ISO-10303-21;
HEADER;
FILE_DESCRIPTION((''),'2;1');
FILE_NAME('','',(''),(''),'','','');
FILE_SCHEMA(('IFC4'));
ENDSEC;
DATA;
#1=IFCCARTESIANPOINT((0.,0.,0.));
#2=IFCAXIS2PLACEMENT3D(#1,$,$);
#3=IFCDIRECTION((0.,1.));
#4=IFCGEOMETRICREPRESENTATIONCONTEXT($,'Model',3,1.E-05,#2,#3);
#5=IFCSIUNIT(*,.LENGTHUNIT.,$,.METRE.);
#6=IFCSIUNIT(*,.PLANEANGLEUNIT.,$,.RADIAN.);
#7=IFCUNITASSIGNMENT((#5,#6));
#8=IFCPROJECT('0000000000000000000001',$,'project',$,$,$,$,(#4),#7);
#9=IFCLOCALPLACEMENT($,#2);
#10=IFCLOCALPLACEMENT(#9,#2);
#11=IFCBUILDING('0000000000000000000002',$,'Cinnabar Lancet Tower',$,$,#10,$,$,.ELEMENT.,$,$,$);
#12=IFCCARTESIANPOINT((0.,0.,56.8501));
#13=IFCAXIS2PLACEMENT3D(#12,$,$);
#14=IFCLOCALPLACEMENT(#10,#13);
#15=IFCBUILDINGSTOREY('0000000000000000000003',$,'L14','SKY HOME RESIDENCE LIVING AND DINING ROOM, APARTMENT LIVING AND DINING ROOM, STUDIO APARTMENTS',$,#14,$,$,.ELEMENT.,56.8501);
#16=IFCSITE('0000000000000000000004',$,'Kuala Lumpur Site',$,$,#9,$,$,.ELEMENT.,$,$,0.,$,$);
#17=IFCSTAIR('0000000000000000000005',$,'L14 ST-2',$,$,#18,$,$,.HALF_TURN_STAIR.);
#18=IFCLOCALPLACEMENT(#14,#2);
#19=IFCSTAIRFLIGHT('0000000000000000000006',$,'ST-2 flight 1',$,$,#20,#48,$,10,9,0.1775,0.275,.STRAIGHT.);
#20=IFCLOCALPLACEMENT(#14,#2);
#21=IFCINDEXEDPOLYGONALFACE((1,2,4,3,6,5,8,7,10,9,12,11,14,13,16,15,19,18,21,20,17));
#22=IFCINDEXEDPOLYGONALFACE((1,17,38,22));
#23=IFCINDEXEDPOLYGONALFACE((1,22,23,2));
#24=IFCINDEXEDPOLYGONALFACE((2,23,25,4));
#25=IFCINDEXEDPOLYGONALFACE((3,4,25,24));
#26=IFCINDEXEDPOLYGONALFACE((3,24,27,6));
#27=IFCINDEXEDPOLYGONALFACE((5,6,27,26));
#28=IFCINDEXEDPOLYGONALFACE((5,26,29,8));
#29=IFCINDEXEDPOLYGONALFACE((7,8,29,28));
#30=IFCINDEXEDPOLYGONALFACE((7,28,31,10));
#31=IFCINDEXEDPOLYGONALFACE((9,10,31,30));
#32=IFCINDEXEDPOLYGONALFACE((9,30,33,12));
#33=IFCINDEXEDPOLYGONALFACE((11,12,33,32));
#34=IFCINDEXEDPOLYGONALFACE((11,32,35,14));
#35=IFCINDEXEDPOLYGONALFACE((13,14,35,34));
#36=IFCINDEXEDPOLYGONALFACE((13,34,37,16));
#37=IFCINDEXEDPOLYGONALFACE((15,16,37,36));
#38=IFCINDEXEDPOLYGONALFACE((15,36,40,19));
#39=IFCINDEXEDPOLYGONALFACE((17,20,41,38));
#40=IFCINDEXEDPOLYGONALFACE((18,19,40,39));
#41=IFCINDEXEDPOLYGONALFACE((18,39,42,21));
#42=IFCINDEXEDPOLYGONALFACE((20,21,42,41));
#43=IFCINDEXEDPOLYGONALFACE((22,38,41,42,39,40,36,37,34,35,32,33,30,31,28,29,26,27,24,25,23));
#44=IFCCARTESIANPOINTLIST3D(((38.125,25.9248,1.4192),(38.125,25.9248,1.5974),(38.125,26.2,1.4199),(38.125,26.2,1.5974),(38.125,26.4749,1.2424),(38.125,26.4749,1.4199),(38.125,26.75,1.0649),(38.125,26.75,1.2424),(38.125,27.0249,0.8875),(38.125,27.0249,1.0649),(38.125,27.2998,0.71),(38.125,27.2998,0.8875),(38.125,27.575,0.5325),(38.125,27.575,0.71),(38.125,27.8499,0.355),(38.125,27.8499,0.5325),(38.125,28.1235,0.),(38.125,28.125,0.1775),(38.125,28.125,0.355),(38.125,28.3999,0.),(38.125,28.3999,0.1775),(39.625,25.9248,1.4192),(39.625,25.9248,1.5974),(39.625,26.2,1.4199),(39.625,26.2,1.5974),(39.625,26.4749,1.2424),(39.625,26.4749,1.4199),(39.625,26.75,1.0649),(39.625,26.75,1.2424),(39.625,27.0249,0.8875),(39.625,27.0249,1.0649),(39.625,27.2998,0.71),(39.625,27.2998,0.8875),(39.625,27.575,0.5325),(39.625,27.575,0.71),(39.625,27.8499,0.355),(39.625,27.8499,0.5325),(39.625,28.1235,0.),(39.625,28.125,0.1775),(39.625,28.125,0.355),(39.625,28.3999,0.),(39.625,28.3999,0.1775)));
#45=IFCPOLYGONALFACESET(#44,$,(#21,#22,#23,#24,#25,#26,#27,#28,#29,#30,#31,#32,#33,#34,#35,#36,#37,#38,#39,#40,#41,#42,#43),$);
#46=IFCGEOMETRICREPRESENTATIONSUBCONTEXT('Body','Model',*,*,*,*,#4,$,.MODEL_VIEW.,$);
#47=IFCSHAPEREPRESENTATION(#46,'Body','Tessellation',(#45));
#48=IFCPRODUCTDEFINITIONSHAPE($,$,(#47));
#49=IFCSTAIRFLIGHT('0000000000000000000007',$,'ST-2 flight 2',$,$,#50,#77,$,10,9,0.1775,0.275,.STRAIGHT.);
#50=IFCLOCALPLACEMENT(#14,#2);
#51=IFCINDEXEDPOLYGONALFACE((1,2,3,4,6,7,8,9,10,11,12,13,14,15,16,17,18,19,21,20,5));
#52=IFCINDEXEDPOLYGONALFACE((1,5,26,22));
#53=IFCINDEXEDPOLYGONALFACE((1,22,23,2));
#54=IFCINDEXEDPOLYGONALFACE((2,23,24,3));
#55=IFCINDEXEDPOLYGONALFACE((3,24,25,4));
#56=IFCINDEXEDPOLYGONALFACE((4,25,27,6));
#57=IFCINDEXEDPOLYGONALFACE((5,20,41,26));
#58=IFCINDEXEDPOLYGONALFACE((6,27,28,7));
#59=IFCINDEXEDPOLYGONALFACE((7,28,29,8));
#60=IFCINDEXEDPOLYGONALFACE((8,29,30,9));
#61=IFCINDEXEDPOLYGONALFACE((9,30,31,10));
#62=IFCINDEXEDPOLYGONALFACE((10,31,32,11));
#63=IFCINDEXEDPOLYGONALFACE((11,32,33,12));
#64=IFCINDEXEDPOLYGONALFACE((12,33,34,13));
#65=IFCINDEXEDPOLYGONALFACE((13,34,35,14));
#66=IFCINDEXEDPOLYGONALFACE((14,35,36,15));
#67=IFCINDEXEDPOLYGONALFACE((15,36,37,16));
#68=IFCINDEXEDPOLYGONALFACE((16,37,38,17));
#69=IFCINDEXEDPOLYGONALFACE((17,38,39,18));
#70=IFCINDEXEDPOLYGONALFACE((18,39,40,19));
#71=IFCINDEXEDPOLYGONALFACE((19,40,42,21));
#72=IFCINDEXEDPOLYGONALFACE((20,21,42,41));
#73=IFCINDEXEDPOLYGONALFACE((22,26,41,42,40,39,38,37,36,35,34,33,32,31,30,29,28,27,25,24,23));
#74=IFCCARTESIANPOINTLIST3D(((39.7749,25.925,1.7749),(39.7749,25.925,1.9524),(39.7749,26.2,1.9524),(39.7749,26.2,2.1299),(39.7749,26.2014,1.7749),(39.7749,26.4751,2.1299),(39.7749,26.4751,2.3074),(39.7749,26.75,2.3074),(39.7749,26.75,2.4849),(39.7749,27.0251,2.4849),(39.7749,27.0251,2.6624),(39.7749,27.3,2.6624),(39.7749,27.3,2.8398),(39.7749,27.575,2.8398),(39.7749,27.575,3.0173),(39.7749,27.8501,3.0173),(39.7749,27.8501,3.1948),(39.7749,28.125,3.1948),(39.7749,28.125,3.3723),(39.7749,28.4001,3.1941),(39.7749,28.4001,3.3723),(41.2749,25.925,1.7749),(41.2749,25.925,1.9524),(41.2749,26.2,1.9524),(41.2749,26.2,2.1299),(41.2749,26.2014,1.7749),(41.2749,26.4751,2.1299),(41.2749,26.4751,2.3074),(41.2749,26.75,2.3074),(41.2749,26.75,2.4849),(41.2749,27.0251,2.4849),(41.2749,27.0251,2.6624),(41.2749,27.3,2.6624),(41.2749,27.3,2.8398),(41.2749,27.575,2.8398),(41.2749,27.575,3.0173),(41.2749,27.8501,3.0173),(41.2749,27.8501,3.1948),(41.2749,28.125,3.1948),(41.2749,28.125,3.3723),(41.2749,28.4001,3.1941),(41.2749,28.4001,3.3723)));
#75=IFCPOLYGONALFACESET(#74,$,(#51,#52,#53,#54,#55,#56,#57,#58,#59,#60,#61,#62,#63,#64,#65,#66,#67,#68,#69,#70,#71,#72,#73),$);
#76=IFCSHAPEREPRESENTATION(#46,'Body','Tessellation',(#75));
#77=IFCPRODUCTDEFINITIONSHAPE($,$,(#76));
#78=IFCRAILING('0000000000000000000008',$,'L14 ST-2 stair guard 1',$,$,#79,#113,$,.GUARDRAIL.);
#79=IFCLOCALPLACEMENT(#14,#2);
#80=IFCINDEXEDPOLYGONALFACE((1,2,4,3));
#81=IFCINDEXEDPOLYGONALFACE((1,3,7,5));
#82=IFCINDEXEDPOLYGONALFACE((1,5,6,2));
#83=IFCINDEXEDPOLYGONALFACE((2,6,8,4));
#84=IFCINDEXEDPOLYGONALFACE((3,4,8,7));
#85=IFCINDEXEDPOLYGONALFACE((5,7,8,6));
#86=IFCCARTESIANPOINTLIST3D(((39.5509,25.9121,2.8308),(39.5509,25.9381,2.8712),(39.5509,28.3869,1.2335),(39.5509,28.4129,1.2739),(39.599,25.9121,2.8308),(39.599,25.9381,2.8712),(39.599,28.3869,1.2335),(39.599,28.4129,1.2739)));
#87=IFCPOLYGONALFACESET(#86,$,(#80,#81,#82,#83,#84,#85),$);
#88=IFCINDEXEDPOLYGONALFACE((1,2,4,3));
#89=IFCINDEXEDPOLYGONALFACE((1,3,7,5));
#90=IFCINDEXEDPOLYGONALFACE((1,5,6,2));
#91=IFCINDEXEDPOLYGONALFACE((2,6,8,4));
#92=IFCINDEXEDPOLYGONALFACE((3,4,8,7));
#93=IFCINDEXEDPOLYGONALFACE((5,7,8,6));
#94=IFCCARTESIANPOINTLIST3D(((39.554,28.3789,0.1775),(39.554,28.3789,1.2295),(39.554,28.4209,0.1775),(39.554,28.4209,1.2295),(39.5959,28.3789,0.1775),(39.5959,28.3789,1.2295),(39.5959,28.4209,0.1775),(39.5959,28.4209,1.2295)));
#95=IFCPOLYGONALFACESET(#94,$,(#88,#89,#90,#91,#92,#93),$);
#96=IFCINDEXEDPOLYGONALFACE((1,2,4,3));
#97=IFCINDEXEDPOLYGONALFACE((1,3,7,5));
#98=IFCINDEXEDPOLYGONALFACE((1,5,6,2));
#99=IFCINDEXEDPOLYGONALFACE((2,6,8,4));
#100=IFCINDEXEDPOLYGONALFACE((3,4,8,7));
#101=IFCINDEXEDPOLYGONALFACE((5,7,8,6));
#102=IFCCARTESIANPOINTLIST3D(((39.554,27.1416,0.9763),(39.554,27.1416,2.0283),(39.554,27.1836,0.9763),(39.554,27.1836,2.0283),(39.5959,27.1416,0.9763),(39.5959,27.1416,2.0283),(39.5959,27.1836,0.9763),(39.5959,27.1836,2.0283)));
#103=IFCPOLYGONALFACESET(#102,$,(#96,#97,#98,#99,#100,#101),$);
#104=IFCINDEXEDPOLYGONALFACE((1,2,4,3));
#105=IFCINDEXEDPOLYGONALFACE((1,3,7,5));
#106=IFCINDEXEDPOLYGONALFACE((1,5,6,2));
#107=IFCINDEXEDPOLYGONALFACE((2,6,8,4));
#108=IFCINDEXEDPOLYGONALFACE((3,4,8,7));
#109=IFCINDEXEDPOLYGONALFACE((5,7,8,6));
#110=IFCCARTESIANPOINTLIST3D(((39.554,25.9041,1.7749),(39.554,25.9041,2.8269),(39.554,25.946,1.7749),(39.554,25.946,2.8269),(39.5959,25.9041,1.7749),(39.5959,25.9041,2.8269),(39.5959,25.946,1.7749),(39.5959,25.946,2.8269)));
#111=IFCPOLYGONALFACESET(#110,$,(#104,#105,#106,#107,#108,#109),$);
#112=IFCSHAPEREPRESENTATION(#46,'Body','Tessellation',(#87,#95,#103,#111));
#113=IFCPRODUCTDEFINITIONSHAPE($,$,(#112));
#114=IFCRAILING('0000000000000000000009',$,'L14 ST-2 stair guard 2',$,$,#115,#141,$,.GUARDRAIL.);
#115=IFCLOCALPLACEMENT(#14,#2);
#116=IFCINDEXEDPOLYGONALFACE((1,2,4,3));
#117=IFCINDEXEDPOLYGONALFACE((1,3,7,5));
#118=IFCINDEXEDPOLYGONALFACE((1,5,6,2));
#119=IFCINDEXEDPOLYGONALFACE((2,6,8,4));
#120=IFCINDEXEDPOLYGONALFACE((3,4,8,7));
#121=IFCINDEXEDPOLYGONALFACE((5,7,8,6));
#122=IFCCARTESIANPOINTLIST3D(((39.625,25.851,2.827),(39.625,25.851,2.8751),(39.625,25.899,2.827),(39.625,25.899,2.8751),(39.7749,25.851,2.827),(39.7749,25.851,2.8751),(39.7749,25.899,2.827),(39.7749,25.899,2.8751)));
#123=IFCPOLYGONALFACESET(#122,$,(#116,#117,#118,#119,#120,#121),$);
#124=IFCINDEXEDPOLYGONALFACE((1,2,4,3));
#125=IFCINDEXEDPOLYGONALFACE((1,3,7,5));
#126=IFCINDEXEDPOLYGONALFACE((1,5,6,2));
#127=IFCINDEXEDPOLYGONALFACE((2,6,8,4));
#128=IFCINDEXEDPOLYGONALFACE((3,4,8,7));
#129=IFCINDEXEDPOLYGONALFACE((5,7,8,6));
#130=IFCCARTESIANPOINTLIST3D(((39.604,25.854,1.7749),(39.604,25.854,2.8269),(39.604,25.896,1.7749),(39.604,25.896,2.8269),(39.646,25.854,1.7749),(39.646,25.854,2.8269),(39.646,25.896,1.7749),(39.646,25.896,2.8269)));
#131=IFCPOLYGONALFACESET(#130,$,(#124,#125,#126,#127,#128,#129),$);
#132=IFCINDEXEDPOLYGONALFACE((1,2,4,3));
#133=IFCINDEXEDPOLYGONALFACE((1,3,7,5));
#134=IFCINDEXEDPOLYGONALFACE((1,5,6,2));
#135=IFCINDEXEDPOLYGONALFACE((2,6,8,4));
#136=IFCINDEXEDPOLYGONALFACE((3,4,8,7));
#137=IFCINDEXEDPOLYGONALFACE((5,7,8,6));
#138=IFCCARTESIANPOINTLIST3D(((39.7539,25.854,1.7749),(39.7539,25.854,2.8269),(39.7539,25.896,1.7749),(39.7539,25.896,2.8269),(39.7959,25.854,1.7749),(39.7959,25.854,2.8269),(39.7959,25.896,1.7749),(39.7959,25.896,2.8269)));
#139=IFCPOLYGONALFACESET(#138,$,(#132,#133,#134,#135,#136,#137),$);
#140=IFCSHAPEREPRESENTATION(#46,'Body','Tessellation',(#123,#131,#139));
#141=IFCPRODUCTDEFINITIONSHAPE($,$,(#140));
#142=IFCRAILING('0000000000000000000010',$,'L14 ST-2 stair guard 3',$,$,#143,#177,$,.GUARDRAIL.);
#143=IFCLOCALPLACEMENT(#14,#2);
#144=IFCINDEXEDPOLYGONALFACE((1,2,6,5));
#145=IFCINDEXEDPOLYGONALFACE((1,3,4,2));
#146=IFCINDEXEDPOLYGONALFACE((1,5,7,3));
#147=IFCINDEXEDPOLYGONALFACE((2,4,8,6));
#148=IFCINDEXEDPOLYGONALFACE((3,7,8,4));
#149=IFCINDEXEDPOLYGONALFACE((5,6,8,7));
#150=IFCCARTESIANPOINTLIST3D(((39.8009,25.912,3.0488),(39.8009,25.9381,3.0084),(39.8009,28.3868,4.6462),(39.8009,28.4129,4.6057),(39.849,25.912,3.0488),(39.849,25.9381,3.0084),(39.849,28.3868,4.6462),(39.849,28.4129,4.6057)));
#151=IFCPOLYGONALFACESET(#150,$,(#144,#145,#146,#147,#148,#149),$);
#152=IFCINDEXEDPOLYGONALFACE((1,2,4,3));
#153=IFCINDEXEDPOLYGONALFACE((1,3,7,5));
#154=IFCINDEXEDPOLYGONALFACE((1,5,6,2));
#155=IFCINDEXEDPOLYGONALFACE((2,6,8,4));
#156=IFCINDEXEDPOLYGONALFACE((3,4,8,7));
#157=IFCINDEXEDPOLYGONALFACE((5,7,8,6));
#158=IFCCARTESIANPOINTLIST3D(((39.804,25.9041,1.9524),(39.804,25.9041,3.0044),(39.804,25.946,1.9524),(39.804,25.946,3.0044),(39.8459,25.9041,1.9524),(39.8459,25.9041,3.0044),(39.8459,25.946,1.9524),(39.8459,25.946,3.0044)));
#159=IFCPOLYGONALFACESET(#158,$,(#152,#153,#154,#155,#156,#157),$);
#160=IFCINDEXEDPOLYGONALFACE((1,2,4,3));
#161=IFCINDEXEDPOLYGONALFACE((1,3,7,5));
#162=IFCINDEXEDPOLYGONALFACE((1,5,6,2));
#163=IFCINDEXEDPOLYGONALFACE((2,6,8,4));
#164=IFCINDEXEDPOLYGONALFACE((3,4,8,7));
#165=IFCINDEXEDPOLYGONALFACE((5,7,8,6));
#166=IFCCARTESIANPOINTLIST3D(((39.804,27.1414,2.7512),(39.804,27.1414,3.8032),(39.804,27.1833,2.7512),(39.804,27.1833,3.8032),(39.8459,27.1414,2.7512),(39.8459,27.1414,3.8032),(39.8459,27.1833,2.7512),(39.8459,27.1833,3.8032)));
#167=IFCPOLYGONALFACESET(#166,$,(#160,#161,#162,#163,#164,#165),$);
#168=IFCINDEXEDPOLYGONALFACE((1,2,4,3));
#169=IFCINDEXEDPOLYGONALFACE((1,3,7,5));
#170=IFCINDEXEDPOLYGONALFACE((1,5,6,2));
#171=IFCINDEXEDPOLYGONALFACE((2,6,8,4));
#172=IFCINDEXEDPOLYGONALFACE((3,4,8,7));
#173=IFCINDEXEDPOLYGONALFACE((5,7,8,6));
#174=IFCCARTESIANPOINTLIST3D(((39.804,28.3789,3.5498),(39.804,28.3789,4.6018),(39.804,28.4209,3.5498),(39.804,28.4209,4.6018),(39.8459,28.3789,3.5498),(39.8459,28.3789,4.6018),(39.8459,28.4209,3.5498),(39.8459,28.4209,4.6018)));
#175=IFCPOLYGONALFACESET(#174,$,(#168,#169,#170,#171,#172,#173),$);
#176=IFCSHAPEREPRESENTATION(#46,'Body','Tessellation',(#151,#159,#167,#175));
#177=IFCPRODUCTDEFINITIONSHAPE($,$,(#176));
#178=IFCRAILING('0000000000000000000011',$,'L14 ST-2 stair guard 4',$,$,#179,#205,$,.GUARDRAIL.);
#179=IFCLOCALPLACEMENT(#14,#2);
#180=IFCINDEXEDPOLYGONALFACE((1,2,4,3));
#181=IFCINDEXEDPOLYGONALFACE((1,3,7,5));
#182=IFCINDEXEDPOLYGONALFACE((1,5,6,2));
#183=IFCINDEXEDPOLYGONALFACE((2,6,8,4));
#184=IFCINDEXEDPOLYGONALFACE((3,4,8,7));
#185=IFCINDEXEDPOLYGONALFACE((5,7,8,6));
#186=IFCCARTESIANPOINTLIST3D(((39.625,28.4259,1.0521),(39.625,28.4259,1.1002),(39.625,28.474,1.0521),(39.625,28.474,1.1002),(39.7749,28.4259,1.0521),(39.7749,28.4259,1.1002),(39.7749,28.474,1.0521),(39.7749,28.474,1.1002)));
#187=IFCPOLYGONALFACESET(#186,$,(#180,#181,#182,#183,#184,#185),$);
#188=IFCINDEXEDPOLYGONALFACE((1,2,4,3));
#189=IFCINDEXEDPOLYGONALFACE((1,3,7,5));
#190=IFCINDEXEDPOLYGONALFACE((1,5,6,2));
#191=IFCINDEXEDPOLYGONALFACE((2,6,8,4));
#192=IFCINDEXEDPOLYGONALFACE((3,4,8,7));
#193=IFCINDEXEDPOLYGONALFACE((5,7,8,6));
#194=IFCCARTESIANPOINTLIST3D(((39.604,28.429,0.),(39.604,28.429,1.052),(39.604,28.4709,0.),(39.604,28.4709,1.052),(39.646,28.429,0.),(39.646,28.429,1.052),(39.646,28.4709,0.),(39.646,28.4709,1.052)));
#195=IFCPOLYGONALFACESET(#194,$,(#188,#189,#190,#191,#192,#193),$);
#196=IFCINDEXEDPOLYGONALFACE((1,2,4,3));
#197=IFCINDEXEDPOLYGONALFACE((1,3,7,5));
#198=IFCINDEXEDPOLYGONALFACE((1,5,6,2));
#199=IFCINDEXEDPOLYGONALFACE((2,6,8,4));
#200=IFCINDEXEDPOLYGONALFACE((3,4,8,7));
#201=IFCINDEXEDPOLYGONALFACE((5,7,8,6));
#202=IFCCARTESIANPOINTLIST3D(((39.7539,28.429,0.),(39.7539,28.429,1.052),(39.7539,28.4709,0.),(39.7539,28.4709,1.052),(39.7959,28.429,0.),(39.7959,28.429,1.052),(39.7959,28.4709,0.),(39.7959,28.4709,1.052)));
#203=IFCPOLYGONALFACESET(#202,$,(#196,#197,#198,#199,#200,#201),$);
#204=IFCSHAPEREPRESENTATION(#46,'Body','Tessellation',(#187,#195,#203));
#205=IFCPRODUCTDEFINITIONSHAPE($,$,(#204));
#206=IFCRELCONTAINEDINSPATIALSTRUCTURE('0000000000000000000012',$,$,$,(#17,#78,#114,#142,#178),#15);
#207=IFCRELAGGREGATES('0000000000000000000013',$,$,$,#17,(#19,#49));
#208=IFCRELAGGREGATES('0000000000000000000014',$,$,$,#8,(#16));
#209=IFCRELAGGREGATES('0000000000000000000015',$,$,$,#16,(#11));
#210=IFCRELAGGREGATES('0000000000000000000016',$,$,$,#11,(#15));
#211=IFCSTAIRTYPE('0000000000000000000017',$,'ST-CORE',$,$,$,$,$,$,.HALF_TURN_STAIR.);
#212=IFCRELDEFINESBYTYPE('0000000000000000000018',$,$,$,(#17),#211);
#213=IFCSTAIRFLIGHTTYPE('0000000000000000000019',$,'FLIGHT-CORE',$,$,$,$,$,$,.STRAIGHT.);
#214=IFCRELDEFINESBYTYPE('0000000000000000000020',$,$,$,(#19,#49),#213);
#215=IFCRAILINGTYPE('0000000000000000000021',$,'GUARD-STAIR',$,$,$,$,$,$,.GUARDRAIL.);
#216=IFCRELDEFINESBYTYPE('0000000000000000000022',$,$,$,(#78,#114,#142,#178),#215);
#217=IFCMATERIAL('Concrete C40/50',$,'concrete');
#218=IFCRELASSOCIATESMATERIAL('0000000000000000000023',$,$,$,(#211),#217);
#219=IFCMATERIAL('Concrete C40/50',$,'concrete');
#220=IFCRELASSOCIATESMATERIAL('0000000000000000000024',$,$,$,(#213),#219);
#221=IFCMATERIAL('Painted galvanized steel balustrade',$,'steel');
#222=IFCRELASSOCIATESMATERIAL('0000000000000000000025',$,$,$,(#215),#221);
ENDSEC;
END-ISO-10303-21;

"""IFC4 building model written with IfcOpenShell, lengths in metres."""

from ifc_helpers import new_model, si_unit, direction, frame, origin, origin_2d, place, context, subcontext, project, spatial, polyline, rectangle, outline, extrude, material, type_object, element, aggregate, save


model = new_model("IFC4")

# Units and contexts
model_context = context("Model", 3, precision=1e-05, world=origin(), true_north=direction((0.0, 1.0)))
body_context = subcontext(model_context, "Body", "Model", "MODEL_VIEW")
ifc_project = project(units=[si_unit("LENGTHUNIT", "METRE"), si_unit("PLANEANGLEUNIT", "RADIAN")], contexts=[model_context])

# Site, building, storey
site_placement = place(None, origin())
site = spatial("IfcSite", under=ifc_project, at=site_placement, Name="Kuala Lumpur Site", CompositionType="ELEMENT", RefElevation=0.0)
building_placement = place(site_placement, origin())
building = spatial("IfcBuilding", under=site, at=building_placement, Name="Cinnabar Lancet Tower", CompositionType="ELEMENT")
storey_placement = place(building_placement, frame((0.0, 0.0, 56.8501)))
storey = spatial("IfcBuildingStorey", under=building, at=storey_placement, Name="L14", Description="SKY HOME RESIDENCE LIVING AND DINING ROOM, APARTMENT LIVING AND DINING ROOM, STUDIO APARTMENTS", CompositionType="ELEMENT", Elevation=56.8501)

# Stair, stair flights
ifc_material_1 = material(Name="Concrete C40/50", Category="concrete")
stair_type = type_object("IfcStairType", Name="ST-CORE", PredefinedType="HALF_TURN_STAIR", material=ifc_material_1)
stair_placement = place(storey_placement, origin())
stair = element("IfcStair", 1, at=stair_placement, inside=storey, type_object=stair_type, Name="L14 ST-2", PredefinedType="HALF_TURN_STAIR")
ifc_material_2 = material(Name="Concrete C40/50", Category="concrete")
stair_flight_type = type_object("IfcStairFlightType", Name="FLIGHT-CORE", PredefinedType="STRAIGHT", material=ifc_material_2)
stair_flight_1_placement = place(storey_placement, frame((38.875, 28.3999, 0.0), z_axis=(0.0, 0.0, 1.0), x_axis=(0.0, -1.0, 0.0)))
stair_flight_1 = element("IfcStairFlight", 2, at=stair_flight_1_placement, type_object=stair_flight_type, Name="ST-2 flight 1", NumberOfRisers=10, NumberOfTreads=9, PredefinedType="STRAIGHT", RiserHeight=0.1775, TreadLength=0.275, context=body_context, shape_type="SweptSolid", body=[
    extrude(outline(polyline([(0.0, 0.0), (0.0, 0.1775), (0.2749, 0.1775), (0.2749, 0.355), (0.55, 0.355), (0.55, 0.5325), (0.825, 0.5325), (0.825, 0.71), (1.1001, 0.71), (1.1001, 0.8875), (1.375, 0.8875), (1.375, 1.0649), (1.6499, 1.0649), (1.6499, 1.2424), (1.925, 1.2424), (1.925, 1.4199), (2.2, 1.4199), (2.2, 1.5974), (2.4751, 1.5974), (2.4751, 1.7749), (2.4751, 1.4192), (0.2764, 0.0), (0.0, 0.0)])), frame((0.0, 0.75, 0.0), z_axis=(0.0, -1.0, 0.0), x_axis=(1.0, 0.0, 0.0)), (0.0, 0.0, 1.0), 1.5),
])
stair_flight_2_placement = place(storey_placement, frame((40.5249, 25.925, 1.7749), z_axis=(0.0, 0.0, 1.0), x_axis=(0.0, 1.0, 0.0)))
stair_flight_2 = element("IfcStairFlight", 3, at=stair_flight_2_placement, type_object=stair_flight_type, Name="ST-2 flight 2", NumberOfRisers=10, NumberOfTreads=9, PredefinedType="STRAIGHT", RiserHeight=0.1775, TreadLength=0.275, context=body_context, shape_type="SweptSolid", body=[
    extrude(outline(polyline([(0.0, 0.0), (0.0, 0.1775), (0.2749, 0.1775), (0.2749, 0.355), (0.55, 0.355), (0.55, 0.5325), (0.825, 0.5325), (0.825, 0.71), (1.1001, 0.71), (1.1001, 0.8875), (1.375, 0.8875), (1.375, 1.0649), (1.6499, 1.0649), (1.6499, 1.2424), (1.925, 1.2424), (1.925, 1.4199), (2.2, 1.4199), (2.2, 1.5974), (2.4751, 1.5974), (2.4751, 1.7749), (2.4751, 1.4192), (0.2764, 0.0), (0.0, 0.0)])), frame((0.0, 0.75, 0.0), z_axis=(0.0, -1.0, 0.0), x_axis=(1.0, 0.0, 0.0)), (0.0, 0.0, 1.0), 1.5),
])
aggregate(stair, [stair_flight_1, stair_flight_2])

# Railings
ifc_material_3 = material(Name="Painted galvanized steel balustrade", Category="steel")
railing_type_1 = type_object("IfcRailingType", Name="GUARD-STAIR", PredefinedType="GUARDRAIL", material=ifc_material_3)
railing_1_placement = place(storey_placement, frame((39.575, 28.3999, 0.1775)))
element("IfcRailing", 4, at=railing_1_placement, inside=storey, type_object=railing_type_1, Name="L14 ST-2 stair guard 1", PredefinedType="GUARDRAIL", context=body_context, shape_type="SweptSolid", body=[
    extrude(rectangle(XDim=0.0481, YDim=0.0481, at=origin_2d()), frame((0.0, 0.0, 1.0762), z_axis=(0.0, -0.840183, 0.542302), x_axis=(1.0, 0.0, 0.0)), (0.0, 0.0, 1.0), 2.9456),
    extrude(rectangle(XDim=0.042, YDim=0.042, at=origin_2d()), origin(), (0.0, 0.0, 1.0), 1.052),
    extrude(rectangle(XDim=0.042, YDim=0.042, at=origin_2d()), frame((0.0, -1.2373, 0.7988)), (0.0, 0.0, 1.0), 1.052),
    extrude(rectangle(XDim=0.042, YDim=0.042, at=origin_2d()), frame((0.0, -2.4749, 1.5974)), (0.0, 0.0, 1.0), 1.052),
])
railing_2_placement = place(storey_placement, frame((39.625, 25.875, 1.7749)))
element("IfcRailing", 5, at=railing_2_placement, inside=storey, type_object=railing_type_1, Name="L14 ST-2 stair guard 2", PredefinedType="GUARDRAIL", context=body_context, shape_type="SweptSolid", body=[
    extrude(rectangle(XDim=0.0481, YDim=0.0481, at=origin_2d()), frame((0.0, 0.0, 1.0762), z_axis=(1.0, 0.0, 0.0), x_axis=(0.0, 1.0, 0.0)), (0.0, 0.0, 1.0), 0.1499),
    extrude(rectangle(XDim=0.042, YDim=0.042, at=origin_2d()), origin(), (0.0, 0.0, 1.0), 1.052),
    extrude(rectangle(XDim=0.042, YDim=0.042, at=origin_2d()), frame((0.1499, 0.0, 0.0)), (0.0, 0.0, 1.0), 1.052),
])
railing_3_placement = place(storey_placement, frame((39.825, 25.925, 1.9524)))
element("IfcRailing", 6, at=railing_3_placement, inside=storey, type_object=railing_type_1, Name="L14 ST-2 stair guard 3", PredefinedType="GUARDRAIL", context=body_context, shape_type="SweptSolid", body=[
    extrude(rectangle(XDim=0.0481, YDim=0.0481, at=origin_2d()), frame((0.0, 0.0, 1.0762), z_axis=(0.0, 0.840183, 0.542302), x_axis=(-1.0, 0.0, 0.0)), (0.0, 0.0, 1.0), 2.9456),
    extrude(rectangle(XDim=0.042, YDim=0.042, at=origin_2d()), origin(), (0.0, 0.0, 1.0), 1.052),
    extrude(rectangle(XDim=0.042, YDim=0.042, at=origin_2d()), frame((0.0, 1.2373, 0.7988)), (0.0, 0.0, 1.0), 1.052),
    extrude(rectangle(XDim=0.042, YDim=0.042, at=origin_2d()), frame((0.0, 2.4749, 1.5974)), (0.0, 0.0, 1.0), 1.052),
])
railing_4_placement = place(storey_placement, frame((39.625, 28.45, 0.0)))
element("IfcRailing", 7, at=railing_4_placement, inside=storey, type_object=railing_type_1, Name="L14 ST-2 stair guard 4", PredefinedType="GUARDRAIL", context=body_context, shape_type="SweptSolid", body=[
    extrude(rectangle(XDim=0.0481, YDim=0.0481, at=origin_2d()), frame((0.0, 0.0, 1.0762), z_axis=(1.0, 0.0, 0.0), x_axis=(0.0, 1.0, 0.0)), (0.0, 0.0, 1.0), 0.1499),
    extrude(rectangle(XDim=0.042, YDim=0.042, at=origin_2d()), origin(), (0.0, 0.0, 1.0), 1.052),
    extrude(rectangle(XDim=0.042, YDim=0.042, at=origin_2d()), frame((0.1499, 0.0, 0.0)), (0.0, 0.0, 1.0), 1.052),
])

save(model, "model.ifc")
